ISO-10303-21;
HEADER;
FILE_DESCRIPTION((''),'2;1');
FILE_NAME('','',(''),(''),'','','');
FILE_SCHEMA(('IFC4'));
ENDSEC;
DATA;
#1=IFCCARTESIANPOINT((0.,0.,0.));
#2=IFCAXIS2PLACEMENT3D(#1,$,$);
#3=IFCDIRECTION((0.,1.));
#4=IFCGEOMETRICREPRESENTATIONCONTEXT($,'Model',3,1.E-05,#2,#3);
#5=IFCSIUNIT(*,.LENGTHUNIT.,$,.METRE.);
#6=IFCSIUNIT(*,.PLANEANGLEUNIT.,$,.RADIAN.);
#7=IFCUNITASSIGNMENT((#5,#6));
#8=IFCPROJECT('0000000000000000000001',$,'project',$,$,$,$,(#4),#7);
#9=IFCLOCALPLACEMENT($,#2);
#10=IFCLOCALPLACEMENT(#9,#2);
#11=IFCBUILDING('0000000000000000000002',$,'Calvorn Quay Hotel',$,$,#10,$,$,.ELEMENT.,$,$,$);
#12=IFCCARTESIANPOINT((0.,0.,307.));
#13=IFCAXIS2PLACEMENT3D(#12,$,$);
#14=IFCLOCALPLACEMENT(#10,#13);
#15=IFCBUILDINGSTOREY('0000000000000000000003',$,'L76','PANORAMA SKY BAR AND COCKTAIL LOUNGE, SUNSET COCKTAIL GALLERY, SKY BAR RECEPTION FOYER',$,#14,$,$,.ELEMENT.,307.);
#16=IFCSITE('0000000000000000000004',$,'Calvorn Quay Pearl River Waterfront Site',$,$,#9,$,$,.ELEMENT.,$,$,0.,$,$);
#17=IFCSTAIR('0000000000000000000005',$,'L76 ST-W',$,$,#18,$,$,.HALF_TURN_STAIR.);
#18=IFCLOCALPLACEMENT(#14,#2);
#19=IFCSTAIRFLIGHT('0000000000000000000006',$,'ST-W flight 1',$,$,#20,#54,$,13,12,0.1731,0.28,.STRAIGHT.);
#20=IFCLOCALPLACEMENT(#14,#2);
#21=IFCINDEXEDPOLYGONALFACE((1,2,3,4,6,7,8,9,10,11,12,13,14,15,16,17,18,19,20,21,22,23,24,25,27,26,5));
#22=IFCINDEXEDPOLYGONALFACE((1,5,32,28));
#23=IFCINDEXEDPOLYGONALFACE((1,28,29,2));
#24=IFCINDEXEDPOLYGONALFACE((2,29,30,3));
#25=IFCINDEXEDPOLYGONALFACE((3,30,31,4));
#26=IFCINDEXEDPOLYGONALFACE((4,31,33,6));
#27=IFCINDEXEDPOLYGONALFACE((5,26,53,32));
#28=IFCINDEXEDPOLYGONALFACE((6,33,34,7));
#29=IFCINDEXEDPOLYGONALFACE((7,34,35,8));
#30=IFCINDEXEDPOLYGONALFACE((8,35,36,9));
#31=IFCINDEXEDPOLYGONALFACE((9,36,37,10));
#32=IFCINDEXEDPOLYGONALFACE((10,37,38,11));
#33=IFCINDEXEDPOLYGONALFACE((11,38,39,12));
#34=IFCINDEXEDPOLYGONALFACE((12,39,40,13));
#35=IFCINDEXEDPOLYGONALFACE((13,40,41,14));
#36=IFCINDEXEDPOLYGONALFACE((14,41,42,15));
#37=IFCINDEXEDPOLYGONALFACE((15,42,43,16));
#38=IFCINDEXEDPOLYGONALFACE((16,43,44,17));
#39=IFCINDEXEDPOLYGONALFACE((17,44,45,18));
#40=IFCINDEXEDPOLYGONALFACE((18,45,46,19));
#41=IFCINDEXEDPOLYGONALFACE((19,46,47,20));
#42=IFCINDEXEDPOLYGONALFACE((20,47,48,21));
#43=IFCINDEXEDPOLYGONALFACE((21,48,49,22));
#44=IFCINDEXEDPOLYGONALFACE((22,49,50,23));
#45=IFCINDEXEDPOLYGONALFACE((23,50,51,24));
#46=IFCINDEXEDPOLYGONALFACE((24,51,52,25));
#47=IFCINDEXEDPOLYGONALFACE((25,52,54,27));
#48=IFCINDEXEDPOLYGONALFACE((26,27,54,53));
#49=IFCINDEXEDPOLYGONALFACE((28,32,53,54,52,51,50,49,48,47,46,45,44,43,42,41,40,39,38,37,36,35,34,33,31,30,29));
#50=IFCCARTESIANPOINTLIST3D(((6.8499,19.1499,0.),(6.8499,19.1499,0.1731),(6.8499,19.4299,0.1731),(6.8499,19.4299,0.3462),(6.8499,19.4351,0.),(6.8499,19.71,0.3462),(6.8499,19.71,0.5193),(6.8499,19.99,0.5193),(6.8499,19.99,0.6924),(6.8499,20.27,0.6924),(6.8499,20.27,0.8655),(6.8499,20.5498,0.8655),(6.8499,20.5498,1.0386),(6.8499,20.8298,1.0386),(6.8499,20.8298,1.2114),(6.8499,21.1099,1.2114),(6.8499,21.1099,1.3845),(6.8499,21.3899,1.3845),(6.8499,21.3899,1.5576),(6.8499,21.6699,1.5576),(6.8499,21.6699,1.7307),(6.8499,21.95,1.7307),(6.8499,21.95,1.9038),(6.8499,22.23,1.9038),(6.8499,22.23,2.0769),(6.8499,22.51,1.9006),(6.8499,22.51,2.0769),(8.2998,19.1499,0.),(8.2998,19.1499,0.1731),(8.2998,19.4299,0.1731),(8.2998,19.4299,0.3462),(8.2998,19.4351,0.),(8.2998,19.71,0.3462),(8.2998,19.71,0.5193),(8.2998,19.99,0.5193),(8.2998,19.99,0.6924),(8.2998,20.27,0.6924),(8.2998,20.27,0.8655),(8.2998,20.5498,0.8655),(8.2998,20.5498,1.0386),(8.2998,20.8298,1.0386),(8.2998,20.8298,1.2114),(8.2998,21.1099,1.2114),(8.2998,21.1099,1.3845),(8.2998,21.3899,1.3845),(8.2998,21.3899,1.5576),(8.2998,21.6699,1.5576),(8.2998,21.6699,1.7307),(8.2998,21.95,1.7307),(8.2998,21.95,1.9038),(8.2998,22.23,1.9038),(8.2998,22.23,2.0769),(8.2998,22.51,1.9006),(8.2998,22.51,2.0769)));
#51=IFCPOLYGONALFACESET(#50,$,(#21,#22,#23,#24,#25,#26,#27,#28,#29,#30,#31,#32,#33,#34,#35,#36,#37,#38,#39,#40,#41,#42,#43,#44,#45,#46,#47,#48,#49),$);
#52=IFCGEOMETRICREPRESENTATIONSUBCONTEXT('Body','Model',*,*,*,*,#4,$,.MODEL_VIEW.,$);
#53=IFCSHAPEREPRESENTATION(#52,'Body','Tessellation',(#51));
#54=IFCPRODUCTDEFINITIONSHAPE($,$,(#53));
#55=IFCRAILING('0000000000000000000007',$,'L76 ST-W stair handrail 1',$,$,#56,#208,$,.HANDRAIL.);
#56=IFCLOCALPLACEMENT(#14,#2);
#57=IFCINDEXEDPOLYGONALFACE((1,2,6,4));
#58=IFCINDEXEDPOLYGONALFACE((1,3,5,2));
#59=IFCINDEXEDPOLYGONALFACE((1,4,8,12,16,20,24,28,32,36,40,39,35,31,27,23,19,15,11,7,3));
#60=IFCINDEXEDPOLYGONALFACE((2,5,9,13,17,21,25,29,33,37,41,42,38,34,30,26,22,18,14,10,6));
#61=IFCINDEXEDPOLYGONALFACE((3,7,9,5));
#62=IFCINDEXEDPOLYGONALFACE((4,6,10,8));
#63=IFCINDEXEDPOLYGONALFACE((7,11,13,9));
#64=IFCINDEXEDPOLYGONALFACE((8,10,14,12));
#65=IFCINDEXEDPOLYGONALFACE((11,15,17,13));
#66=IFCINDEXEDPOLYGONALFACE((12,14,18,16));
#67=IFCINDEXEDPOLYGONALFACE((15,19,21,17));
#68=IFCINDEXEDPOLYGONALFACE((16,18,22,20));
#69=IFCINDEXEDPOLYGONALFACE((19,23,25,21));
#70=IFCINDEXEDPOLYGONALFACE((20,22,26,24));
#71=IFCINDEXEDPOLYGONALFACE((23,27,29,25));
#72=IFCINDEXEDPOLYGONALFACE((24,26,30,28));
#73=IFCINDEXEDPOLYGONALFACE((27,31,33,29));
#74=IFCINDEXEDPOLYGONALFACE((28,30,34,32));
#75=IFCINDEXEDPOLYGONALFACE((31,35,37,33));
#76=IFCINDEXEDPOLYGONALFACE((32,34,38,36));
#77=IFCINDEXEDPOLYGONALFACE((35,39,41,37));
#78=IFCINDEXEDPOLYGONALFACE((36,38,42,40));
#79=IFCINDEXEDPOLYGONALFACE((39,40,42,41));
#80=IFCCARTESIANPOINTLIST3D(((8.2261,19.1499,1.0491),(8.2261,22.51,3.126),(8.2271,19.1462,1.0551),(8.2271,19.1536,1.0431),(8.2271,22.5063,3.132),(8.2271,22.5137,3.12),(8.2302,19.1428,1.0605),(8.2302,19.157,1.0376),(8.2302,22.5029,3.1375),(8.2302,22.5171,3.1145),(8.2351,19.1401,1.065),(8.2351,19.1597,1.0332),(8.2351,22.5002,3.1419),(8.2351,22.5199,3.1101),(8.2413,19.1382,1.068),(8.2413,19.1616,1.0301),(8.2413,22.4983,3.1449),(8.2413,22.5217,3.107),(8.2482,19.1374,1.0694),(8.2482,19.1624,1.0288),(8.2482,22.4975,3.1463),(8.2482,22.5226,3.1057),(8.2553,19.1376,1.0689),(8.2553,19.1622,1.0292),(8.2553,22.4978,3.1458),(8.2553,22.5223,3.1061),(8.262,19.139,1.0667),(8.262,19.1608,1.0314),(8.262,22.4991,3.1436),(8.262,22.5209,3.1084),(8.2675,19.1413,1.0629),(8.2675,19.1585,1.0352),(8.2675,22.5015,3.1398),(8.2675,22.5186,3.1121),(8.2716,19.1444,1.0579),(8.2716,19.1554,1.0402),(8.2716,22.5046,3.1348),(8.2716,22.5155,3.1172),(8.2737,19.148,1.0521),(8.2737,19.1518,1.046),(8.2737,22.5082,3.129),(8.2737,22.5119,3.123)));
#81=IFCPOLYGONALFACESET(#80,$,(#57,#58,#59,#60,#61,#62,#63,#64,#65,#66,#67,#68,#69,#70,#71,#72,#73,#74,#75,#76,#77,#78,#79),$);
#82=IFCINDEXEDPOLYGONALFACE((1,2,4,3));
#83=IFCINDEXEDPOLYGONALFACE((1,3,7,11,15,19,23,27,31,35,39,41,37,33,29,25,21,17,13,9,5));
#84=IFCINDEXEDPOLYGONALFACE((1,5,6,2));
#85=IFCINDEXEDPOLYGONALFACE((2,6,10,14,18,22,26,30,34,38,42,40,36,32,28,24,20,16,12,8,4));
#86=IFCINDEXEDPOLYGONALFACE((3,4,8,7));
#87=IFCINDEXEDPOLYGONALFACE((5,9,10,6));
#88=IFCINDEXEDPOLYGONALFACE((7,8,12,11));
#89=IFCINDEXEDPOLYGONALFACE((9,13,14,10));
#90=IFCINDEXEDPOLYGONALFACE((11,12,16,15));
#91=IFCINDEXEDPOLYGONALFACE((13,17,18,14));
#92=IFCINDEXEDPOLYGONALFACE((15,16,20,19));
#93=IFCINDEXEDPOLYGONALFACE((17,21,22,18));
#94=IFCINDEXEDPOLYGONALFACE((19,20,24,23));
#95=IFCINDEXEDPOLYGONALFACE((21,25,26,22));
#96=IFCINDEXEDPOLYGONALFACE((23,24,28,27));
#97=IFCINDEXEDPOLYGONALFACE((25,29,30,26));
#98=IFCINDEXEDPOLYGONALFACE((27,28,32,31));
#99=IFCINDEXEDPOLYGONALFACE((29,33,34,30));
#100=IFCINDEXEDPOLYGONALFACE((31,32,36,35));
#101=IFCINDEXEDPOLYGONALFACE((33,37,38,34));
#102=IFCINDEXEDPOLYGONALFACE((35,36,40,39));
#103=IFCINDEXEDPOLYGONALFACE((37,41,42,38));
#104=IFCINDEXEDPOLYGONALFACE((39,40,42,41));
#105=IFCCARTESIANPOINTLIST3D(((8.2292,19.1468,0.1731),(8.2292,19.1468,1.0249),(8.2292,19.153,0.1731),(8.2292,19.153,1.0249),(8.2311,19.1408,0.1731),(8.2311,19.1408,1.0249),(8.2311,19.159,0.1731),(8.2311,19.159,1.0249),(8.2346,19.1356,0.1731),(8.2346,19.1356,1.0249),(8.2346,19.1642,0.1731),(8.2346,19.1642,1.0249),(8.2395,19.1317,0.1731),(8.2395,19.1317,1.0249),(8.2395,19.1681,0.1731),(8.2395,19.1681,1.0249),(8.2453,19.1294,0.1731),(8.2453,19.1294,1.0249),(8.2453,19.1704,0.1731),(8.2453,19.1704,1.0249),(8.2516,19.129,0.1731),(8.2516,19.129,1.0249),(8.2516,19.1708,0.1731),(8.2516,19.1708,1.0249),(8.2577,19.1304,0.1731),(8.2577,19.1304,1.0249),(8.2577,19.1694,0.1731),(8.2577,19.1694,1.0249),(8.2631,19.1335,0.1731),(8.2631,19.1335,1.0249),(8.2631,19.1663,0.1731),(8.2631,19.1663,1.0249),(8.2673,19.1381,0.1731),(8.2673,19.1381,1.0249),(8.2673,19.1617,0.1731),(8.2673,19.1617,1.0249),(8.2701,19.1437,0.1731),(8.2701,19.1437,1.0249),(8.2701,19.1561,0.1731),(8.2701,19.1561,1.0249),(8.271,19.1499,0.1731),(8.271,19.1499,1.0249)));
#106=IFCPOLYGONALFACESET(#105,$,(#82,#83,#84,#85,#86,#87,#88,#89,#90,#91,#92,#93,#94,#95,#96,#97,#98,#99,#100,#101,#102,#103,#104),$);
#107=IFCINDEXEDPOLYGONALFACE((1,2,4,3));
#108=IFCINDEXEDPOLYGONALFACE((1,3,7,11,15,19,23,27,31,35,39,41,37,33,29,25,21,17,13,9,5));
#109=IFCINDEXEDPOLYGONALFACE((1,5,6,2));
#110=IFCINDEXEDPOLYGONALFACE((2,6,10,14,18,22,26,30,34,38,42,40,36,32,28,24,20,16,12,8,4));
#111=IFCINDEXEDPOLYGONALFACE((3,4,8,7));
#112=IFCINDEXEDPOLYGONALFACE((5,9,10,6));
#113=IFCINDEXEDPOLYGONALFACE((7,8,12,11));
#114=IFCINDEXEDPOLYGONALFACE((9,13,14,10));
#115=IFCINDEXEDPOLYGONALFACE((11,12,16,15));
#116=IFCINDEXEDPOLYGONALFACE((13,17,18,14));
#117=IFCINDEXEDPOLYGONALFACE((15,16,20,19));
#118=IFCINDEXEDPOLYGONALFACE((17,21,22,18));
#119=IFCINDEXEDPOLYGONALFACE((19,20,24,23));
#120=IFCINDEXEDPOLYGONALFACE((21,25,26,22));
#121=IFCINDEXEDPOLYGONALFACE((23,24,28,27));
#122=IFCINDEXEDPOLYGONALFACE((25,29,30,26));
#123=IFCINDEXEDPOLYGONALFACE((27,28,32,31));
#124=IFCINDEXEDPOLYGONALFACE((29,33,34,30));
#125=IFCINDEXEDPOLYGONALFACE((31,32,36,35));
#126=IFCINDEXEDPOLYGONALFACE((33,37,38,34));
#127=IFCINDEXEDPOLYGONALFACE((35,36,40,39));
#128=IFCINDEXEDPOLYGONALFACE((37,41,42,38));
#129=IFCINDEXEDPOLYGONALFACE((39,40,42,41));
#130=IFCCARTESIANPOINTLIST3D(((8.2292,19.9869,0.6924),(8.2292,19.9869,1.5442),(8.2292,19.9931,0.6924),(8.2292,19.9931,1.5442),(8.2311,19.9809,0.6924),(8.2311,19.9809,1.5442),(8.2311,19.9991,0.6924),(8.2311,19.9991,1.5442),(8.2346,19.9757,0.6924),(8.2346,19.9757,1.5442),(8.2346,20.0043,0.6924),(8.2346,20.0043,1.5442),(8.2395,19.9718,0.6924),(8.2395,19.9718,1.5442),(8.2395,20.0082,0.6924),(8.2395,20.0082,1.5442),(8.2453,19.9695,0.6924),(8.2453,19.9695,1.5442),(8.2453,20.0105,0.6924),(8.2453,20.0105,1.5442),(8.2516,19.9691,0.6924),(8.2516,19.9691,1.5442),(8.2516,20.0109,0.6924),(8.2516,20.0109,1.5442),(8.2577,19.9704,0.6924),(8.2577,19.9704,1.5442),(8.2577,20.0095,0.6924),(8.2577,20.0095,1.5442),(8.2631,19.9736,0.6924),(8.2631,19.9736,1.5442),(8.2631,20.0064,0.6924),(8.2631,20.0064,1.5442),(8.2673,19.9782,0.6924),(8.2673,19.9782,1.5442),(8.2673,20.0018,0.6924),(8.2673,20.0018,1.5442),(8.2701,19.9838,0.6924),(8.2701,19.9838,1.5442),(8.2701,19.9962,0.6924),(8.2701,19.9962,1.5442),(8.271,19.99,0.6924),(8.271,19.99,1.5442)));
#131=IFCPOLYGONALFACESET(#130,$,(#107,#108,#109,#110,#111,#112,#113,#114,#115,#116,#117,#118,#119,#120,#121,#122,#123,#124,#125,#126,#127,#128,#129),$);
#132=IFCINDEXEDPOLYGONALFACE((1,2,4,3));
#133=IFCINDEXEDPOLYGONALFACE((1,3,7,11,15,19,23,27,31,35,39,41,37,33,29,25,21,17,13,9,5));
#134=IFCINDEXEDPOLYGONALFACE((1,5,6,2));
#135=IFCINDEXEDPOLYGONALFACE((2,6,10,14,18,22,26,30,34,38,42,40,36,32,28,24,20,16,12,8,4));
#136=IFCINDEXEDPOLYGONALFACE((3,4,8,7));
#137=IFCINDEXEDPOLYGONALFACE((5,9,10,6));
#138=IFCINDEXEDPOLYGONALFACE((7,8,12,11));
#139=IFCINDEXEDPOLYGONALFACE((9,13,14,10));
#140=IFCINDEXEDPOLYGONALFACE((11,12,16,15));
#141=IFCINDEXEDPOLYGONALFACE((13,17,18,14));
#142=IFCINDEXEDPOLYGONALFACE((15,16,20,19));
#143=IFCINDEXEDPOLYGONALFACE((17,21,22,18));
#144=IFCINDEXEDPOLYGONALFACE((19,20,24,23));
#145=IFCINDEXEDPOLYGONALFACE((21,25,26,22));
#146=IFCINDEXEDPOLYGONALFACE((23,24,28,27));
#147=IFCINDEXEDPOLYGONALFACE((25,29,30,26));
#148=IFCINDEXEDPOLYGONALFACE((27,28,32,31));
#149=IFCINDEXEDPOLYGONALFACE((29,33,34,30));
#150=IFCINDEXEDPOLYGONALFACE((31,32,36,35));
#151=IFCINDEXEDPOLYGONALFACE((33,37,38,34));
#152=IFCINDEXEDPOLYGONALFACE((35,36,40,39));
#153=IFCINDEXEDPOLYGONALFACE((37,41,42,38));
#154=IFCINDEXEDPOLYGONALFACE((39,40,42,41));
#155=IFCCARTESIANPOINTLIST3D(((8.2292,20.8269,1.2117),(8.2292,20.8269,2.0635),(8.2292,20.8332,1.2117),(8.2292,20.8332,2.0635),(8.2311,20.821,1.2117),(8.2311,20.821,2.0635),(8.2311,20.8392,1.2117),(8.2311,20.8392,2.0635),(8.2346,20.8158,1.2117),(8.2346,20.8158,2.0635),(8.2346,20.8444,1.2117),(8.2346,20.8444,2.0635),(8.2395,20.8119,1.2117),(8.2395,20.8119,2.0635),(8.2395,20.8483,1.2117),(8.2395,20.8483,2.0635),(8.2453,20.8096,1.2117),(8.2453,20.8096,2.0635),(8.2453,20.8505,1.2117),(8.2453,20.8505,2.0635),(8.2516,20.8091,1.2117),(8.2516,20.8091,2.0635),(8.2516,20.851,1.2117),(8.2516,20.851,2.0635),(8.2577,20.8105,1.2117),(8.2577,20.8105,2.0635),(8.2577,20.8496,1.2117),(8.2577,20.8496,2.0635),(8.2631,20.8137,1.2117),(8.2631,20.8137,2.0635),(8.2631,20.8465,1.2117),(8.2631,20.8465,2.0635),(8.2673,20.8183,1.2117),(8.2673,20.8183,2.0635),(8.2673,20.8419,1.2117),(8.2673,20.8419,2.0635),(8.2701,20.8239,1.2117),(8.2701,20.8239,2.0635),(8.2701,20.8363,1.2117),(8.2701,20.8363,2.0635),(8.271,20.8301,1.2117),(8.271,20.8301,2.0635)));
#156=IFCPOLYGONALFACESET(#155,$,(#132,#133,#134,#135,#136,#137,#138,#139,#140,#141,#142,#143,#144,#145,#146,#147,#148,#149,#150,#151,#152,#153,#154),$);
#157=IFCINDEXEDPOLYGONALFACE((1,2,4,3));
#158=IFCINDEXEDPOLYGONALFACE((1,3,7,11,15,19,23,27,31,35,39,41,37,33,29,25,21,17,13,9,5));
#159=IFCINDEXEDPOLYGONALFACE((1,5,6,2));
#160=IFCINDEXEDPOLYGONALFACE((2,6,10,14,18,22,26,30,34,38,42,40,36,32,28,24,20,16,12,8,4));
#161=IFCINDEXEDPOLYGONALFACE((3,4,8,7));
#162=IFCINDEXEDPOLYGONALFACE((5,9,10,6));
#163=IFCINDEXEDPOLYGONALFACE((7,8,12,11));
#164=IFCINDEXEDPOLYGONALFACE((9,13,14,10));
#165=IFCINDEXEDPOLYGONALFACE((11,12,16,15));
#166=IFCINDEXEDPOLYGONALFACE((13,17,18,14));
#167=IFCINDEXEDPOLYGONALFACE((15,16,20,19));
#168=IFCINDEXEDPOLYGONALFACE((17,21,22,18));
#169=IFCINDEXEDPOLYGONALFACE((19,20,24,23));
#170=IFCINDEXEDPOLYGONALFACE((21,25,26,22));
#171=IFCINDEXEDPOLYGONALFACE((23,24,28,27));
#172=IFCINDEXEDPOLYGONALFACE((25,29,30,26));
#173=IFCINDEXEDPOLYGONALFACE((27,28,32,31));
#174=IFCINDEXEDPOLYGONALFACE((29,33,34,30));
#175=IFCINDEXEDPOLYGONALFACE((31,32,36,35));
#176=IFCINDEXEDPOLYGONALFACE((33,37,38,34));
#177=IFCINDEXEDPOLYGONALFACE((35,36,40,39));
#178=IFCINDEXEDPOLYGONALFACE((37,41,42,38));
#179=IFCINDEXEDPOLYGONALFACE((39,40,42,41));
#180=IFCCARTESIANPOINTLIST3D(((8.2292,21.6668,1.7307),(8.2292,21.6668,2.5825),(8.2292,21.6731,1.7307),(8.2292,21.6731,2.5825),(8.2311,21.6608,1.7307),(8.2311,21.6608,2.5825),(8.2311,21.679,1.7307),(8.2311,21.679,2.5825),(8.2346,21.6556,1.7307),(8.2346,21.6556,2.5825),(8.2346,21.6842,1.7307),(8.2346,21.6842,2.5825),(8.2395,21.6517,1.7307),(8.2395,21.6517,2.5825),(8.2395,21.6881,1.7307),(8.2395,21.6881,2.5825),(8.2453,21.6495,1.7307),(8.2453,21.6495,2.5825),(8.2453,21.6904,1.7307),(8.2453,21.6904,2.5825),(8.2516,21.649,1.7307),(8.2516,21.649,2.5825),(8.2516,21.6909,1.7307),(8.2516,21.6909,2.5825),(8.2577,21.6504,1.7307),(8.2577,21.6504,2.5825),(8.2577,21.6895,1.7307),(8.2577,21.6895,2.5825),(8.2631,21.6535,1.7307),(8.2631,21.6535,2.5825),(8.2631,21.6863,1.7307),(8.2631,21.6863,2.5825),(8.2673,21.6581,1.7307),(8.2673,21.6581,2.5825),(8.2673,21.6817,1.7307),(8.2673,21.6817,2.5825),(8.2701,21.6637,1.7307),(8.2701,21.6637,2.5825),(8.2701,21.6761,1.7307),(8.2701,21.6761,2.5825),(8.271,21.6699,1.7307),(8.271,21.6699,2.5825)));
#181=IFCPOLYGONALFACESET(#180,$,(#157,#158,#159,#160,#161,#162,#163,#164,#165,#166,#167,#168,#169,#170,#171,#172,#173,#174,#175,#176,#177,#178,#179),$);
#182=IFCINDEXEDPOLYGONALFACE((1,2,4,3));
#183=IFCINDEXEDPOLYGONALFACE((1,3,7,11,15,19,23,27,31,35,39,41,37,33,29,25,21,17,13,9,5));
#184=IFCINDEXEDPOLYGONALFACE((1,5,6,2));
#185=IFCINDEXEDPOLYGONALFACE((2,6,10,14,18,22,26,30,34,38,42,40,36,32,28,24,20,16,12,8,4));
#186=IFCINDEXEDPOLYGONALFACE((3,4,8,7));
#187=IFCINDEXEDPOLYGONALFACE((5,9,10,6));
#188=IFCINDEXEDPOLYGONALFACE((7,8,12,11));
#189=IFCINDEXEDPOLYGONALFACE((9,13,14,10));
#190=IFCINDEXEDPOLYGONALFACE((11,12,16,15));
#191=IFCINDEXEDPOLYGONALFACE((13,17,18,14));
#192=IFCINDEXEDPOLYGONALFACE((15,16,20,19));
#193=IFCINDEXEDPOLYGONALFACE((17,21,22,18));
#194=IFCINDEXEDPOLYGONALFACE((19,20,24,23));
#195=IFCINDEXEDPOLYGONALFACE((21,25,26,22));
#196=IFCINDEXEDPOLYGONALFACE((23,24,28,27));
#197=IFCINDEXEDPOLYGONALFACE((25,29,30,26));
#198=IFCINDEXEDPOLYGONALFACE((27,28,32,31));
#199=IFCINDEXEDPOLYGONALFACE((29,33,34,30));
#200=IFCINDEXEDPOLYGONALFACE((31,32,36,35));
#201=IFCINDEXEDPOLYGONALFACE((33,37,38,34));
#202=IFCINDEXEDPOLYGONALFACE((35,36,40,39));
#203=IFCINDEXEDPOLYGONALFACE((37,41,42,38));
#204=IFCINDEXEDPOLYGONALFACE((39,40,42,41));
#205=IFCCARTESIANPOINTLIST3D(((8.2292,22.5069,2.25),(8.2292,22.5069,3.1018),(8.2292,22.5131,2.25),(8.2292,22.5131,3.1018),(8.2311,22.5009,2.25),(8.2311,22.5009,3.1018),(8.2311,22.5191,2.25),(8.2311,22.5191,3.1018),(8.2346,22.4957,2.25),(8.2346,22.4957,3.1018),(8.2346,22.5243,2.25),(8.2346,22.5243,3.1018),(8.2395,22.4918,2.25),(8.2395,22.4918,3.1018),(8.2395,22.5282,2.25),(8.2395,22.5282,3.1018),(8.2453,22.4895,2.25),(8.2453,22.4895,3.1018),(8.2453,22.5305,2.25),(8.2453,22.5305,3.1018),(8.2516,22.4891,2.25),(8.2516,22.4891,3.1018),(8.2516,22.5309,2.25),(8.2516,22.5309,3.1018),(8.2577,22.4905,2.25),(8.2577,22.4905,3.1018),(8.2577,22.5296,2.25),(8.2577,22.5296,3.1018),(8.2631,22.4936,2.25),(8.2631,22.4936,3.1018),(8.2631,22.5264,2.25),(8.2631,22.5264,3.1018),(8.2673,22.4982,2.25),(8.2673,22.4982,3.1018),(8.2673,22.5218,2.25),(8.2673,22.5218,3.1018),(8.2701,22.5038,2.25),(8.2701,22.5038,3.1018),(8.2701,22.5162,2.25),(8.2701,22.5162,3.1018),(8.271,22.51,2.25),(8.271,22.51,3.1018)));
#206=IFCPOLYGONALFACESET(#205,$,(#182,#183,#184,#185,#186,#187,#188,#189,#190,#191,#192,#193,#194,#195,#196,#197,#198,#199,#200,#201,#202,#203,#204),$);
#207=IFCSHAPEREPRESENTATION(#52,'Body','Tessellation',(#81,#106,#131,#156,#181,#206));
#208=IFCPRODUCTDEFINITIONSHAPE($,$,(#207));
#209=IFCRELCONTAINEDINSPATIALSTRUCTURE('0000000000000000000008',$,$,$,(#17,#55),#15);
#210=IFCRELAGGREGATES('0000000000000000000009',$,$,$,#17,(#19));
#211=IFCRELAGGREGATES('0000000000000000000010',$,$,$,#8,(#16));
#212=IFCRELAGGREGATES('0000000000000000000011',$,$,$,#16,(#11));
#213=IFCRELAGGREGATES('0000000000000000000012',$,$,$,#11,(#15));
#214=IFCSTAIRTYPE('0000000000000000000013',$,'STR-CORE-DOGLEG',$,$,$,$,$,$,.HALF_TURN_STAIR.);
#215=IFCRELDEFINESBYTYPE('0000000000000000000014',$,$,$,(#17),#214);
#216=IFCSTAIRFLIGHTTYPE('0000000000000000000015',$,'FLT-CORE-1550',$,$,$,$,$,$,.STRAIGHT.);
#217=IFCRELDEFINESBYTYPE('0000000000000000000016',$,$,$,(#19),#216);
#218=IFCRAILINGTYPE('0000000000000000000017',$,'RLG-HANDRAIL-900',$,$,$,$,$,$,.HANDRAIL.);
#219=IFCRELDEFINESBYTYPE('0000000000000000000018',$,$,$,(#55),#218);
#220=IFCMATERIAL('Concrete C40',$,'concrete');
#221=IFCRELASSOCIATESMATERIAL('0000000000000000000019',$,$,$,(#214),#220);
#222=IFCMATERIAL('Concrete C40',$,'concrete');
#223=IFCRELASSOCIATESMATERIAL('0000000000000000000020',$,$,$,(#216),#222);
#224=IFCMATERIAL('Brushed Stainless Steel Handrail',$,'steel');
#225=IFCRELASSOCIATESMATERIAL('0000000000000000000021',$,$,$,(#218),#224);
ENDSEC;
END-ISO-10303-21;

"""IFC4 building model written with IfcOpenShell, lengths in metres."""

from ifc_helpers import new_model, si_unit, direction, frame, origin, origin_2d, place, context, subcontext, project, spatial, polyline, circle, outline, extrude, material, type_object, element, aggregate, save


model = new_model("IFC4")

# Units and contexts
model_context = context("Model", 3, precision=1e-05, world=origin(), true_north=direction((0.0, 1.0)))
body_context = subcontext(model_context, "Body", "Model", "MODEL_VIEW")
ifc_project = project(units=[si_unit("LENGTHUNIT", "METRE"), si_unit("PLANEANGLEUNIT", "RADIAN")], contexts=[model_context])

# Site, building, storey
site_placement = place(None, origin())
site = spatial("IfcSite", under=ifc_project, at=site_placement, Name="Calvorn Quay Pearl River Waterfront Site", CompositionType="ELEMENT", RefElevation=0.0)
building_placement = place(site_placement, origin())
building = spatial("IfcBuilding", under=site, at=building_placement, Name="Calvorn Quay Hotel", CompositionType="ELEMENT")
storey_placement = place(building_placement, frame((0.0, 0.0, 307.0)))
storey = spatial("IfcBuildingStorey", under=building, at=storey_placement, Name="L76", Description="PANORAMA SKY BAR AND COCKTAIL LOUNGE, SUNSET COCKTAIL GALLERY, SKY BAR RECEPTION FOYER", CompositionType="ELEMENT", Elevation=307.0)

# Stair, stair flight
ifc_material_1 = material(Name="Concrete C40", Category="concrete")
stair_type = type_object("IfcStairType", Name="STR-CORE-DOGLEG", PredefinedType="HALF_TURN_STAIR", material=ifc_material_1)
stair_placement = place(storey_placement, origin())
stair = element("IfcStair", 1, at=stair_placement, inside=storey, type_object=stair_type, Name="L76 ST-W", PredefinedType="HALF_TURN_STAIR")
ifc_material_2 = material(Name="Concrete C40", Category="concrete")
stair_flight_type = type_object("IfcStairFlightType", Name="FLT-CORE-1550", PredefinedType="STRAIGHT", material=ifc_material_2)
stair_flight_placement = place(storey_placement, frame((7.575, 19.1499, 0.0), z_axis=(0.0, 0.0, 1.0), x_axis=(0.0, 1.0, 0.0)))
stair_flight = element("IfcStairFlight", 2, at=stair_flight_placement, type_object=stair_flight_type, Name="ST-W flight 1", NumberOfRisers=13, NumberOfTreads=12, PredefinedType="STRAIGHT", RiserHeight=0.1731, TreadLength=0.28, context=body_context, shape_type="SweptSolid", body=[
    extrude(outline(polyline([(0.0, 0.0), (0.0, 0.1731), (0.28, 0.1731), (0.28, 0.3462), (0.5601, 0.3462), (0.5601, 0.5193), (0.8401, 0.5193), (0.8401, 0.6924), (1.1201, 0.6924), (1.1201, 0.8655), (1.3999, 0.8655), (1.3999, 1.0386), (1.6799, 1.0386), (1.6799, 1.2114), (1.96, 1.2114), (1.96, 1.3845), (2.24, 1.3845), (2.24, 1.5576), (2.52, 1.5576), (2.52, 1.7307), (2.8, 1.7307), (2.8, 1.9038), (3.0801, 1.9038), (3.0801, 2.0769), (3.3601, 2.0769), (3.3601, 2.25), (3.3601, 1.9006), (0.2852, 0.0), (0.0, 0.0)])), frame((0.0, 0.7251, 0.0), z_axis=(0.0, -1.0, 0.0), x_axis=(1.0, 0.0, 0.0)), (0.0, 0.0, 1.0), 1.45),
])
aggregate(stair, [stair_flight])

# Railing
ifc_material_3 = material(Name="Brushed Stainless Steel Handrail", Category="steel")
railing_type_1 = type_object("IfcRailingType", Name="RLG-HANDRAIL-900", PredefinedType="HANDRAIL", material=ifc_material_3)
railing_1_placement = place(storey_placement, frame((8.25, 19.1499, 0.1731)))
element("IfcRailing", 3, at=railing_1_placement, inside=storey, type_object=railing_type_1, Name="L76 ST-W stair handrail 1", PredefinedType="HANDRAIL", context=body_context, shape_type="SweptSolid", body=[
    extrude(circle(Radius=0.0239, at=origin_2d()), frame((0.0, 0.0, 0.876), z_axis=(0.0, 0.850623, 0.525776), x_axis=(-1.0, 0.0, 0.0)), (0.0, 0.0, 1.0), 3.9502),
    extrude(circle(Radius=0.021, at=origin_2d()), origin(), (0.0, 0.0, 1.0), 0.8518),
    extrude(circle(Radius=0.021, at=origin_2d()), frame((0.0, 0.8401, 0.5193)), (0.0, 0.0, 1.0), 0.8518),
    extrude(circle(Radius=0.021, at=origin_2d()), frame((0.0, 1.6802, 1.0386)), (0.0, 0.0, 1.0), 0.8518),
    extrude(circle(Radius=0.021, at=origin_2d()), frame((0.0, 2.52, 1.5576)), (0.0, 0.0, 1.0), 0.8518),
    extrude(circle(Radius=0.021, at=origin_2d()), frame((0.0, 3.3601, 2.0769)), (0.0, 0.0, 1.0), 0.8518),
])

save(model, "model.ifc")
